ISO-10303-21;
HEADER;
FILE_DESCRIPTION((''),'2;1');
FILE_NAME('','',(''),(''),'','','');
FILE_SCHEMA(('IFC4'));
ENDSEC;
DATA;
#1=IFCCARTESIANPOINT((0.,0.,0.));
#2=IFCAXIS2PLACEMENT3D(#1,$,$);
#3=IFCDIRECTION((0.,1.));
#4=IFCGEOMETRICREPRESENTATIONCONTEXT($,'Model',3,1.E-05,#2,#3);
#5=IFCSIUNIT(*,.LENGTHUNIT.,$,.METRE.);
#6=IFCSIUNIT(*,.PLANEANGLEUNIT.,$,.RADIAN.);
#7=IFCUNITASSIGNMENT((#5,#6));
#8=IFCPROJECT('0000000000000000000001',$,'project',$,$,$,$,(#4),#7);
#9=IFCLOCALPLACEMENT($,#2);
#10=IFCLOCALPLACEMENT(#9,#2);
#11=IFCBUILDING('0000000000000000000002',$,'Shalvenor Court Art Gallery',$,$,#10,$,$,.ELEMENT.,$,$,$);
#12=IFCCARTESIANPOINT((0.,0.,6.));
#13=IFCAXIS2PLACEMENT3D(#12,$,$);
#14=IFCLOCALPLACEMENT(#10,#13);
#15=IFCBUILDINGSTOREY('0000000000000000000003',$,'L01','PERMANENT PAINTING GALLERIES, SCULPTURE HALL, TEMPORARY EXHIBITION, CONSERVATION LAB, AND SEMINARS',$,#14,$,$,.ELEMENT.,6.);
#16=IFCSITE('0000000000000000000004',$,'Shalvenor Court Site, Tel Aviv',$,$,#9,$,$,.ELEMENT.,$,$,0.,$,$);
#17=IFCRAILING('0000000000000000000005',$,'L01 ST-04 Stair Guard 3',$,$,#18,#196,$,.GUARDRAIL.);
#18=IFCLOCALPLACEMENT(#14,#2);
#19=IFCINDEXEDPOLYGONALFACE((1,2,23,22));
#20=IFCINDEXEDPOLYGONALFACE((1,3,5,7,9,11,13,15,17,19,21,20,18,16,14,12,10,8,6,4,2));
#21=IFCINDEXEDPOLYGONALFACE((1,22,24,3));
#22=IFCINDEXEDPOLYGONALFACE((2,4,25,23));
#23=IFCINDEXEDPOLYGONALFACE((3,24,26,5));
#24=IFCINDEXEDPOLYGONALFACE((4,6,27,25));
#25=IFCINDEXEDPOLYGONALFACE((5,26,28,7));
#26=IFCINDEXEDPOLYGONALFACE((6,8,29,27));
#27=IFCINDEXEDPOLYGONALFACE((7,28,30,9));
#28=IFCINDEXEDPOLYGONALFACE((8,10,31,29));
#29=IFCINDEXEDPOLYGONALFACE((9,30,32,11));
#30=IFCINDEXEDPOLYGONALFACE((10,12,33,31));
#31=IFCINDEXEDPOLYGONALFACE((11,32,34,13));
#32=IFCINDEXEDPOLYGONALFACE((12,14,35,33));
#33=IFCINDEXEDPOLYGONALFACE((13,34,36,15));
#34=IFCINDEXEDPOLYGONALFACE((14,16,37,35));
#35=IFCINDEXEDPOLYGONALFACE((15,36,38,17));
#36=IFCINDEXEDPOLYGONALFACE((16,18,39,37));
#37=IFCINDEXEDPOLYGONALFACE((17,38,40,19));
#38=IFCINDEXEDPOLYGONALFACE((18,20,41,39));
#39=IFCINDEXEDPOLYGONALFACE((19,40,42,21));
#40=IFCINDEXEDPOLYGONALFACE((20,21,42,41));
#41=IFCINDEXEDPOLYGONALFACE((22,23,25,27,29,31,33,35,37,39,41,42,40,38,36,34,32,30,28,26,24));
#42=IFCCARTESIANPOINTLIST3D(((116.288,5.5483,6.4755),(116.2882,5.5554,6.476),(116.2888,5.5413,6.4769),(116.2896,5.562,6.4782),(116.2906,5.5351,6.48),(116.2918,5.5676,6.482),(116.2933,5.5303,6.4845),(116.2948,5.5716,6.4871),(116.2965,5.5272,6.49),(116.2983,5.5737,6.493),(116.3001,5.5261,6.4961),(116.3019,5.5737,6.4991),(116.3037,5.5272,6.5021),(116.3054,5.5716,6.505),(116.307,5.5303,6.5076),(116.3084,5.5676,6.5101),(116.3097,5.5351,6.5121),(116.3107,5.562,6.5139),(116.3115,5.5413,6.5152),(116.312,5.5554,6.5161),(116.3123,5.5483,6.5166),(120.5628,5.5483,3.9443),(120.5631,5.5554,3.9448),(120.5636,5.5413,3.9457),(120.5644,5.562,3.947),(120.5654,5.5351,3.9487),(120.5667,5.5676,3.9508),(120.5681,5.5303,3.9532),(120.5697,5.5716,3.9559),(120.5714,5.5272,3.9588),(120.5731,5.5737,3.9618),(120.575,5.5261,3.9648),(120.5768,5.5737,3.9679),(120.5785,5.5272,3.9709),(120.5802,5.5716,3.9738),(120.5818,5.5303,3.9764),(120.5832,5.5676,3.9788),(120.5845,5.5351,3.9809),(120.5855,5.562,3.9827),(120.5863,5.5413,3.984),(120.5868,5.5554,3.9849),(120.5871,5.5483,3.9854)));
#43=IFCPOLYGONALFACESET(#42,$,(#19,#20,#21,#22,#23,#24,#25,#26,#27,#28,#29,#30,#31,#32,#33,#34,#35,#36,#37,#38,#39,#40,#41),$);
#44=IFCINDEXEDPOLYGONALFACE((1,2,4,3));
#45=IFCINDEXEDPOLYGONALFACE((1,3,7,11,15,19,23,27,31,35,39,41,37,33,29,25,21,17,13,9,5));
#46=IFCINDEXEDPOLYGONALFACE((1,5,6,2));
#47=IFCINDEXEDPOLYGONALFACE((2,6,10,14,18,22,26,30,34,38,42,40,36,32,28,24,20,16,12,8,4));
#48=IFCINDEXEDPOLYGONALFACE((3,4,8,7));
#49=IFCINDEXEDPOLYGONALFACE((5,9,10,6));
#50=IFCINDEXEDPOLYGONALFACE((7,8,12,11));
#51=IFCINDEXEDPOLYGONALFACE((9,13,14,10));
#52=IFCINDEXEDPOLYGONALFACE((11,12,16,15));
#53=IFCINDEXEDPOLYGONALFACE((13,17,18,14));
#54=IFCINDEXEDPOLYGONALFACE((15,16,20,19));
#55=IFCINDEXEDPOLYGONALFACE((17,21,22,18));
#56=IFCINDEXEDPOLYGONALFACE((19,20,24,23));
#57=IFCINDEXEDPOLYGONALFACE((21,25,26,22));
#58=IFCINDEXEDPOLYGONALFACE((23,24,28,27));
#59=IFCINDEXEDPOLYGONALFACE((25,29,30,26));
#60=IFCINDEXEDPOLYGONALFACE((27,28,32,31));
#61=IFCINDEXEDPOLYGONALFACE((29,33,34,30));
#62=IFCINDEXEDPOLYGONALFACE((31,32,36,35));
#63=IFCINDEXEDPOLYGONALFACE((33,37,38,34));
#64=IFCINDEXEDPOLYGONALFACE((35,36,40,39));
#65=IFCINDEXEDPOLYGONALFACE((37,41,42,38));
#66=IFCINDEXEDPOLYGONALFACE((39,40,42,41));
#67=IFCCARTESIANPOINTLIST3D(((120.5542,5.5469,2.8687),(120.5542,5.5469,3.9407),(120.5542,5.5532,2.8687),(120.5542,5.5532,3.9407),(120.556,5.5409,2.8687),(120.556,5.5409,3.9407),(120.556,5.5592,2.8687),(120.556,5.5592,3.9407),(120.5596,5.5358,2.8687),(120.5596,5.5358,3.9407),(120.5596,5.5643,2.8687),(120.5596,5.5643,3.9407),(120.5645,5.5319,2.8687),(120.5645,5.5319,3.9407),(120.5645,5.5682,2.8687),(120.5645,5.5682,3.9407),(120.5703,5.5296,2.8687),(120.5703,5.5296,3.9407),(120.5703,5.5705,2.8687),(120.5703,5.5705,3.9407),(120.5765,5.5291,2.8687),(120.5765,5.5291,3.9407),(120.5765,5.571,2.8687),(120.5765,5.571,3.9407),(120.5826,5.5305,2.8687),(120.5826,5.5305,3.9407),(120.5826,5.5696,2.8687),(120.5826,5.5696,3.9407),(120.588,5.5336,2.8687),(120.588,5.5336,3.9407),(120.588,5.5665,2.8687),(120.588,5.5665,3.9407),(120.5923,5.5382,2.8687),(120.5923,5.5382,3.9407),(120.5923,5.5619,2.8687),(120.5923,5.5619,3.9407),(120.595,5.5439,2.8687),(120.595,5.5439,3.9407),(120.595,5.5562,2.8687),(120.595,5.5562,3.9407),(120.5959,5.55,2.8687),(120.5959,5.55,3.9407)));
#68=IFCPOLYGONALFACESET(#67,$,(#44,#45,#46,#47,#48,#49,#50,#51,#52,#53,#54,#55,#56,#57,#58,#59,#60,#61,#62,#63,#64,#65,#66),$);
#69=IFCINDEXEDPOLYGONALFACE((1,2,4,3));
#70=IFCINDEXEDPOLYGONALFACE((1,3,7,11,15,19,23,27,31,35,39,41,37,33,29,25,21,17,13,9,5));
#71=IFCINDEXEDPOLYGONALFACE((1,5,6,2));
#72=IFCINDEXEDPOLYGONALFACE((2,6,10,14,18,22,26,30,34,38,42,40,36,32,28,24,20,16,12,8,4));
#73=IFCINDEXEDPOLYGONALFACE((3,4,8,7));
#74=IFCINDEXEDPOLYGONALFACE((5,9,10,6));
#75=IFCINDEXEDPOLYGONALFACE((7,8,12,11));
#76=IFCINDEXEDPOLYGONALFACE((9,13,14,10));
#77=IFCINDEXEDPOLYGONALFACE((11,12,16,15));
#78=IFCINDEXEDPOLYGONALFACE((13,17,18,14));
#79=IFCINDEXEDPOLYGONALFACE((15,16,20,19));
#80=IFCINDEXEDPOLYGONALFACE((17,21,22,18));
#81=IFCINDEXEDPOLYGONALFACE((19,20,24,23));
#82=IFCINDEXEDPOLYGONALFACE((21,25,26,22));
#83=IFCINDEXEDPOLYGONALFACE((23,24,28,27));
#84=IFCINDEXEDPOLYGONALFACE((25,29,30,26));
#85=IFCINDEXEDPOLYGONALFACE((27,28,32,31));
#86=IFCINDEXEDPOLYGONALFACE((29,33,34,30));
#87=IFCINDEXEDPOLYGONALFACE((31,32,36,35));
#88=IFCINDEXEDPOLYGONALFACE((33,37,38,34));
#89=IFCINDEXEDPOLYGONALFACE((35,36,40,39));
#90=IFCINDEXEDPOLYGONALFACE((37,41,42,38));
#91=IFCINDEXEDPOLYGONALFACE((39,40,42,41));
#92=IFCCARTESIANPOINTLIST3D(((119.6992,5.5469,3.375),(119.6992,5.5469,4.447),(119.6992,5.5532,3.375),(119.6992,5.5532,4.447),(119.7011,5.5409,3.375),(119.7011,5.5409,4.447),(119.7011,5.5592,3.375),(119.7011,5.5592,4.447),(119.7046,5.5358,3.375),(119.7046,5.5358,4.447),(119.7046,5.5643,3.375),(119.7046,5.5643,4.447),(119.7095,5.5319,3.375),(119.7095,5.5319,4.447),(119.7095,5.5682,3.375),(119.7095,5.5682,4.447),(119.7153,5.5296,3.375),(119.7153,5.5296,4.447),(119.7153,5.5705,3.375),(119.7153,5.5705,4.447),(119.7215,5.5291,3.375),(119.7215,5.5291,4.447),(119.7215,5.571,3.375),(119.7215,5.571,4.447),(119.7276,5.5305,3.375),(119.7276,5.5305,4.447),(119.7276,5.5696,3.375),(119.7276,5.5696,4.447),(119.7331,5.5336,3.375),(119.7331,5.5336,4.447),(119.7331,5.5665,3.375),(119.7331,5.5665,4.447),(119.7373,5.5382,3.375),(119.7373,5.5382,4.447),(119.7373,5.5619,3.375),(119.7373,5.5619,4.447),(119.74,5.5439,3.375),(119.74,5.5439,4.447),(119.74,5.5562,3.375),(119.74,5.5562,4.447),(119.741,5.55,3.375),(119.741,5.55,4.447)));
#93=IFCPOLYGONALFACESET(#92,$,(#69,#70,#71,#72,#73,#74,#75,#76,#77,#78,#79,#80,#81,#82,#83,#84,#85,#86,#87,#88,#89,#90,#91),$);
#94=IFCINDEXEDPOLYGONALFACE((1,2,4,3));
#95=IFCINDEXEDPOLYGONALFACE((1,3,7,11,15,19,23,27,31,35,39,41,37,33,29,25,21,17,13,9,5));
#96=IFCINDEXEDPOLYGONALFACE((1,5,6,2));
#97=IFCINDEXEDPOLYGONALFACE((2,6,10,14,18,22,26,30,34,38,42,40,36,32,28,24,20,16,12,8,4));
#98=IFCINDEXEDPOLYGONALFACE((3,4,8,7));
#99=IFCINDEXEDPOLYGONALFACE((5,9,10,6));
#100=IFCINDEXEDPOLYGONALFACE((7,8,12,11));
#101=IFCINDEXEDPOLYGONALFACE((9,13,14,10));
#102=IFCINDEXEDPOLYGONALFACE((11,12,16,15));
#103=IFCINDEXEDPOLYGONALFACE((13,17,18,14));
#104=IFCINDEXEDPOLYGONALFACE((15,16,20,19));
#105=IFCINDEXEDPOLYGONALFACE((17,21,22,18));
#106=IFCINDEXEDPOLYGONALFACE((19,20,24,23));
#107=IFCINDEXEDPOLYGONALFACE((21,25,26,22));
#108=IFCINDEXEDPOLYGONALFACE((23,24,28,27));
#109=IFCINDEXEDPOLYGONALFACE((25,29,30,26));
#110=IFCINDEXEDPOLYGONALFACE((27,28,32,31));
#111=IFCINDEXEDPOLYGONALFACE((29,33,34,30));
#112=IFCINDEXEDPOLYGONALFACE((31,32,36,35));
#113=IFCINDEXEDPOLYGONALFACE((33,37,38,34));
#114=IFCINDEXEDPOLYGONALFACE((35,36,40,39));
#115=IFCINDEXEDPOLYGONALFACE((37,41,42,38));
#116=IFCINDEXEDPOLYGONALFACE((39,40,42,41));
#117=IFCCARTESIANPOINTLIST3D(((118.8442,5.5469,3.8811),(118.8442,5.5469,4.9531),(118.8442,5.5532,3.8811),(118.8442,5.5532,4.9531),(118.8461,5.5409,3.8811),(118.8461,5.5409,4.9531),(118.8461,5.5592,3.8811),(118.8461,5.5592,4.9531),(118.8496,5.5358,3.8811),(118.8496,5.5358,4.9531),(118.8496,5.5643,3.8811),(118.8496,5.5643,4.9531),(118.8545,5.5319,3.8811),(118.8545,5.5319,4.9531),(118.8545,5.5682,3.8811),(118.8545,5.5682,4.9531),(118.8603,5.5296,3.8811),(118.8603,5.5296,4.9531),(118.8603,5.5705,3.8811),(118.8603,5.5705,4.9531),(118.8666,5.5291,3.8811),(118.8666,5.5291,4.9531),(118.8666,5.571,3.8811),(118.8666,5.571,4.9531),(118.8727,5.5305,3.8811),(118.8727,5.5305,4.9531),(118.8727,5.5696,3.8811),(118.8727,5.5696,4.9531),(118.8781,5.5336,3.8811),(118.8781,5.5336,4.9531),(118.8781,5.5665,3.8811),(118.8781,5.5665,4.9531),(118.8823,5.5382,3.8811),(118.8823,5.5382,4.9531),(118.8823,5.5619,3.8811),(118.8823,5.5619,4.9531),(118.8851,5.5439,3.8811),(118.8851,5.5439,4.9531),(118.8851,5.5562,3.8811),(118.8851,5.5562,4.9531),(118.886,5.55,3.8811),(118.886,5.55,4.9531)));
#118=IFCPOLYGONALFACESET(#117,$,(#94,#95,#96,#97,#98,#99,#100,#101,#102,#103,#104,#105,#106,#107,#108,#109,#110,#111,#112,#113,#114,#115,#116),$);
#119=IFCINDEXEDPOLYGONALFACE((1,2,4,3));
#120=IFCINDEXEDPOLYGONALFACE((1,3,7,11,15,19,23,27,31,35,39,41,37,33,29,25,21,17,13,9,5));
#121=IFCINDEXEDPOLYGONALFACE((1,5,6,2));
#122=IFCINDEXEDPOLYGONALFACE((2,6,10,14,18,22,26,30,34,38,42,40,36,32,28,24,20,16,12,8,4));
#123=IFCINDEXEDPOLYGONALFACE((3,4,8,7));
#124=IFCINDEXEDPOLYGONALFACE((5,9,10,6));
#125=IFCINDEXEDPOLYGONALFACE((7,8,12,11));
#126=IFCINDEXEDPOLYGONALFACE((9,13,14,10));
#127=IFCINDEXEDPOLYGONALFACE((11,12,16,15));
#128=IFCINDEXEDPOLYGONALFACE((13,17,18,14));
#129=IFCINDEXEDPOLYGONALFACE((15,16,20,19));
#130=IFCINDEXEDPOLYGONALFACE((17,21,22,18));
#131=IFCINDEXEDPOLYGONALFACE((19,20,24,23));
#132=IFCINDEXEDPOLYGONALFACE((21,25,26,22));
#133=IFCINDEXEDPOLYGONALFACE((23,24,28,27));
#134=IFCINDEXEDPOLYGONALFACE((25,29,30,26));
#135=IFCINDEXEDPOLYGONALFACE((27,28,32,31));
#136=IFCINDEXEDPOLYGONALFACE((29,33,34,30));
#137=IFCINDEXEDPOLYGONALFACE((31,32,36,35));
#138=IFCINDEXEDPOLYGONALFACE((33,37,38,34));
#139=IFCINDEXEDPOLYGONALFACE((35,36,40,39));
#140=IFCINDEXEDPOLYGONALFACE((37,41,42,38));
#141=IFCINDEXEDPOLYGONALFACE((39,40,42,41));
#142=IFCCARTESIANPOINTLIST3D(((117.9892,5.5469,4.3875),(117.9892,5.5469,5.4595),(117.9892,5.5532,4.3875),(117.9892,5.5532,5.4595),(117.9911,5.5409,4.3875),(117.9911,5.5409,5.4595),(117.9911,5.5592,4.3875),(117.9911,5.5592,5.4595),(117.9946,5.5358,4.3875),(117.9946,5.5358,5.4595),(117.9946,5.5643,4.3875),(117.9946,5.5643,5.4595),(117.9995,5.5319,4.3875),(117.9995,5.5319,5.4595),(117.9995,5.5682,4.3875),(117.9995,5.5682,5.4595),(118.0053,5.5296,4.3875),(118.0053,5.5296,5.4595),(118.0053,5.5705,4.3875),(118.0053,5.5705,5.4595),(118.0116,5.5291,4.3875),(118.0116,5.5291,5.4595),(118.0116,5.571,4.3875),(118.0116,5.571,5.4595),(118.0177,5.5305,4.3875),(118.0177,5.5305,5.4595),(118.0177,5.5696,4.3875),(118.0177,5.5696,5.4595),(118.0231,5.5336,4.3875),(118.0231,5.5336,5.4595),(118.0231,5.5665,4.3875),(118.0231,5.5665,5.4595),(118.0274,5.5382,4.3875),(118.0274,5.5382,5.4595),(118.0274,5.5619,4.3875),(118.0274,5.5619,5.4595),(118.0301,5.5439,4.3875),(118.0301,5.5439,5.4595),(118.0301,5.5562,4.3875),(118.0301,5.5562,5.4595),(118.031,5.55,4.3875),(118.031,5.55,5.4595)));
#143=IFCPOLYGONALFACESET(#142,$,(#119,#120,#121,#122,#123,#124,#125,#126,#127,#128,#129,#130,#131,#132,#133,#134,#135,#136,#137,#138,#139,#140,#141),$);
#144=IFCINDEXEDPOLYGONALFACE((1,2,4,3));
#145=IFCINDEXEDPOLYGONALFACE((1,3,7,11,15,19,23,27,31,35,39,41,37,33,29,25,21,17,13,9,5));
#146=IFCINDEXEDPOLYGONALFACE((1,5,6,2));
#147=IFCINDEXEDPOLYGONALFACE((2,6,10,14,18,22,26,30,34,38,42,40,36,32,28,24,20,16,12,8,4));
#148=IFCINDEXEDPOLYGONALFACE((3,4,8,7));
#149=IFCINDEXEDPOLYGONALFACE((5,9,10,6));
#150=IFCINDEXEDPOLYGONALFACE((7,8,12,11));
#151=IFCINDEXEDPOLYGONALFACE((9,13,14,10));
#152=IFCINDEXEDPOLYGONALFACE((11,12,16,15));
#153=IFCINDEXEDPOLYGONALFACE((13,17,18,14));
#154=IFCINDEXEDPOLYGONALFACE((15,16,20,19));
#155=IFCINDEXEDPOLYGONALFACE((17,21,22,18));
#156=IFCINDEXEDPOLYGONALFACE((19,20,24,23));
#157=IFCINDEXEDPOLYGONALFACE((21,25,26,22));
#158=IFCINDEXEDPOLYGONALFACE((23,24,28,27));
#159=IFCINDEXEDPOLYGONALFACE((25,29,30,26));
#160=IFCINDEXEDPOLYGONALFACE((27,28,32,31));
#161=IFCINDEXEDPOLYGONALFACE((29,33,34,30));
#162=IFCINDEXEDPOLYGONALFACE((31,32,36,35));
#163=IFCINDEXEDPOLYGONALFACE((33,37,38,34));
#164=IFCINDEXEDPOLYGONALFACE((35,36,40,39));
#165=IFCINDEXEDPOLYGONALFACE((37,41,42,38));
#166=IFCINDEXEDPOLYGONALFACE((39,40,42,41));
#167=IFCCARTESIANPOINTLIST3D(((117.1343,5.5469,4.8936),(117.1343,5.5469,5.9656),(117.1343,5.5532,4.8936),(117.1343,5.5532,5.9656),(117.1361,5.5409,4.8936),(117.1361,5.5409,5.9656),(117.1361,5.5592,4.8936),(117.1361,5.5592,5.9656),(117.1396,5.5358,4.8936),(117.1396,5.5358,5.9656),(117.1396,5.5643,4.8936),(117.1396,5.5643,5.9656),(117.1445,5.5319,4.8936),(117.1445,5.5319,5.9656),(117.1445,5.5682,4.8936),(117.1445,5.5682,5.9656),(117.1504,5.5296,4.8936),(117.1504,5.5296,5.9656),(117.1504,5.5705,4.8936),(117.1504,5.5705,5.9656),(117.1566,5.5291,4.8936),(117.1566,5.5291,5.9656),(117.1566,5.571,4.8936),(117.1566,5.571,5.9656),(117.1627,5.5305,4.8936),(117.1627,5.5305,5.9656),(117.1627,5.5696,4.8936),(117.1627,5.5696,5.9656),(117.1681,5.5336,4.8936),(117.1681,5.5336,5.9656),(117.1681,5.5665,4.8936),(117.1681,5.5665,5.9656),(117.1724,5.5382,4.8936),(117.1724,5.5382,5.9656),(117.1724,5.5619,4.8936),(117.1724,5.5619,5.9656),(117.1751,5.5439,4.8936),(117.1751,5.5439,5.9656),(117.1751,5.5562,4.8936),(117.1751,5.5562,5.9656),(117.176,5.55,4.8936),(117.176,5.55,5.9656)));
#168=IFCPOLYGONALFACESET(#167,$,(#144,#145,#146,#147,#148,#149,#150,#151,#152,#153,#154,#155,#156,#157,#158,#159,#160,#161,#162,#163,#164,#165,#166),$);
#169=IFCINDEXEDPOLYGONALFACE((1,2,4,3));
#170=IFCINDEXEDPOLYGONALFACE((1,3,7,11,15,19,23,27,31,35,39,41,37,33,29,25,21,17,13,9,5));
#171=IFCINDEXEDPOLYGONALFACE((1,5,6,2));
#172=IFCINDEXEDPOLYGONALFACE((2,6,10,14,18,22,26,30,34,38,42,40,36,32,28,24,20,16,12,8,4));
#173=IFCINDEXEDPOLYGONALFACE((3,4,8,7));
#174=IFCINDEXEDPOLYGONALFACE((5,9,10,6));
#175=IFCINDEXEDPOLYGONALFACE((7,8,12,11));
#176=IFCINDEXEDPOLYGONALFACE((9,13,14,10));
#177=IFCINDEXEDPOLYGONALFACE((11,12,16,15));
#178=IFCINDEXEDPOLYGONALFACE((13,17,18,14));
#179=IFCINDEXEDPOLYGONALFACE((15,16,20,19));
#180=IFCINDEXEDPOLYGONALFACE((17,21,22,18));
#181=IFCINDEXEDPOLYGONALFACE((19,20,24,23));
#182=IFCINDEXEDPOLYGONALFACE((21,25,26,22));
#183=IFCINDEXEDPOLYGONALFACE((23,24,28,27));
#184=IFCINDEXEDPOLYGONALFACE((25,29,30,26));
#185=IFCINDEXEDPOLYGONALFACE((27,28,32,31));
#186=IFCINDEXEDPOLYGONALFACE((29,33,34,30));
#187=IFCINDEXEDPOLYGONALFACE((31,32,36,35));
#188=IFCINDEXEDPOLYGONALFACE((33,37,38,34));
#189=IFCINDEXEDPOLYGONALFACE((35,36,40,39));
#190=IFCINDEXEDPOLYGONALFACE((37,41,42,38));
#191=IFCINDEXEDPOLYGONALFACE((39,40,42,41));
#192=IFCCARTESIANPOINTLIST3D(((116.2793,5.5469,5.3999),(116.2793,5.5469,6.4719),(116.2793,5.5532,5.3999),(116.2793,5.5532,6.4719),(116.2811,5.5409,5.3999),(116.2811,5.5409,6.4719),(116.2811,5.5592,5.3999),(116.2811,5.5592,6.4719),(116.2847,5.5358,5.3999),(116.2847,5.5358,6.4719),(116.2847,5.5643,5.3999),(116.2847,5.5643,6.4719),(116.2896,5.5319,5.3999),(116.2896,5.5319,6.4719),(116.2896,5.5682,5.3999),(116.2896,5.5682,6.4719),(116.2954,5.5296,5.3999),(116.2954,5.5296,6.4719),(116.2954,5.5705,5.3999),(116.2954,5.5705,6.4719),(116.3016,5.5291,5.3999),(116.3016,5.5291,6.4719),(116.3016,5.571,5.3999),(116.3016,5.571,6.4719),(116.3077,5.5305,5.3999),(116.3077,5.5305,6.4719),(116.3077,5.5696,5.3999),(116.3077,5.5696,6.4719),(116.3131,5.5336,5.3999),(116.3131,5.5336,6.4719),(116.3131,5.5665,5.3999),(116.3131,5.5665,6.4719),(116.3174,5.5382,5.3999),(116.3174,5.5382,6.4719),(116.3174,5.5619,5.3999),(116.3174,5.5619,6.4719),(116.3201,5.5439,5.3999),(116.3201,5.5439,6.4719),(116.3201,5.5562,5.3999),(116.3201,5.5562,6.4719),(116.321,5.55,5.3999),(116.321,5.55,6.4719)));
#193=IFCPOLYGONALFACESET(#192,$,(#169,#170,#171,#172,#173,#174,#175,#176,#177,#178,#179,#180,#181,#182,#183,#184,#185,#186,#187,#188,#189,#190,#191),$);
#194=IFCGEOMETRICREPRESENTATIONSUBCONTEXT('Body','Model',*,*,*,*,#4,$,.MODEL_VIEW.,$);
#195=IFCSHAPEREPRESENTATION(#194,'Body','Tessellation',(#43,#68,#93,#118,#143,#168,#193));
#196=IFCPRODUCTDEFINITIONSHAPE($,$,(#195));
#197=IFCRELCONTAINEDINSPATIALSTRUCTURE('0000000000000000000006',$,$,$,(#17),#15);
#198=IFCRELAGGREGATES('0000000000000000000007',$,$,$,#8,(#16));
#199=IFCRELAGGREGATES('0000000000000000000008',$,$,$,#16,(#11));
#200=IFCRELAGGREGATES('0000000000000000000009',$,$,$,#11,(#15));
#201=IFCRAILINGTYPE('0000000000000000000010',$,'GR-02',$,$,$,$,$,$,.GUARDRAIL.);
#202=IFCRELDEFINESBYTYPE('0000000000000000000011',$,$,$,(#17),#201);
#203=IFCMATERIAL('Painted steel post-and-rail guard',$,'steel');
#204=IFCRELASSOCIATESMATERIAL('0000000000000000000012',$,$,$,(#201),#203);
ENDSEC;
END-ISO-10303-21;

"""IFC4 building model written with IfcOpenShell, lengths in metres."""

from ifc_helpers import new_model, si_unit, direction, frame, origin, origin_2d, place, context, subcontext, project, spatial, circle, extrude, material, type_object, element, save


model = new_model("IFC4")

# Units and contexts
model_context = context("Model", 3, precision=1e-05, world=origin(), true_north=direction((0.0, 1.0)))
body_context = subcontext(model_context, "Body", "Model", "MODEL_VIEW")
ifc_project = project(units=[si_unit("LENGTHUNIT", "METRE"), si_unit("PLANEANGLEUNIT", "RADIAN")], contexts=[model_context])

# Site, building, storey
site_placement = place(None, origin())
site = spatial("IfcSite", under=ifc_project, at=site_placement, Name="Shalvenor Court Site, Tel Aviv", CompositionType="ELEMENT", RefElevation=0.0)
building_placement = place(site_placement, origin())
building = spatial("IfcBuilding", under=site, at=building_placement, Name="Shalvenor Court Art Gallery", CompositionType="ELEMENT")
storey_placement = place(building_placement, frame((0.0, 0.0, 6.0)))
storey = spatial("IfcBuildingStorey", under=building, at=storey_placement, Name="L01", Description="PERMANENT PAINTING GALLERIES, SCULPTURE HALL, TEMPORARY EXHIBITION, CONSERVATION LAB, AND SEMINARS", CompositionType="ELEMENT", Elevation=6.0)

# Railing
ifc_material_1 = material(Name="Painted steel post-and-rail guard", Category="steel")
railing_type_1 = type_object("IfcRailingType", Name="GR-02", PredefinedType="GUARDRAIL", material=ifc_material_1)
railing_1_placement = place(storey_placement, frame((120.575, 5.55, 2.8687)))
element("IfcRailing", 1, at=railing_1_placement, inside=storey, type_object=railing_type_1, Name="L01 ST-04 Stair Guard 3", PredefinedType="GUARDRAIL", context=body_context, shape_type="SweptSolid", body=[
    extrude(circle(Radius=0.0239, at=origin_2d()), frame((0.0, 0.0, 1.0962), z_axis=(-0.86047, 0.0, 0.509501), x_axis=(0.0, -1.0, 0.0)), (0.0, 0.0, 1.0), 4.968),
    extrude(circle(Radius=0.021, at=origin_2d()), origin(), (0.0, 0.0, 1.0), 1.072),
    extrude(circle(Radius=0.021, at=origin_2d()), frame((-0.855, 0.0, 0.5063)), (0.0, 0.0, 1.0), 1.072),
    extrude(circle(Radius=0.021, at=origin_2d()), frame((-1.71, 0.0, 1.0125)), (0.0, 0.0, 1.0), 1.072),
    extrude(circle(Radius=0.021, at=origin_2d()), frame((-2.5649, 0.0, 1.5188)), (0.0, 0.0, 1.0), 1.072),
    extrude(circle(Radius=0.021, at=origin_2d()), frame((-3.4199, 0.0, 2.0249)), (0.0, 0.0, 1.0), 1.072),
    extrude(circle(Radius=0.021, at=origin_2d()), frame((-4.2749, 0.0, 2.5312)), (0.0, 0.0, 1.0), 1.072),
])

save(model, "model.ifc")
